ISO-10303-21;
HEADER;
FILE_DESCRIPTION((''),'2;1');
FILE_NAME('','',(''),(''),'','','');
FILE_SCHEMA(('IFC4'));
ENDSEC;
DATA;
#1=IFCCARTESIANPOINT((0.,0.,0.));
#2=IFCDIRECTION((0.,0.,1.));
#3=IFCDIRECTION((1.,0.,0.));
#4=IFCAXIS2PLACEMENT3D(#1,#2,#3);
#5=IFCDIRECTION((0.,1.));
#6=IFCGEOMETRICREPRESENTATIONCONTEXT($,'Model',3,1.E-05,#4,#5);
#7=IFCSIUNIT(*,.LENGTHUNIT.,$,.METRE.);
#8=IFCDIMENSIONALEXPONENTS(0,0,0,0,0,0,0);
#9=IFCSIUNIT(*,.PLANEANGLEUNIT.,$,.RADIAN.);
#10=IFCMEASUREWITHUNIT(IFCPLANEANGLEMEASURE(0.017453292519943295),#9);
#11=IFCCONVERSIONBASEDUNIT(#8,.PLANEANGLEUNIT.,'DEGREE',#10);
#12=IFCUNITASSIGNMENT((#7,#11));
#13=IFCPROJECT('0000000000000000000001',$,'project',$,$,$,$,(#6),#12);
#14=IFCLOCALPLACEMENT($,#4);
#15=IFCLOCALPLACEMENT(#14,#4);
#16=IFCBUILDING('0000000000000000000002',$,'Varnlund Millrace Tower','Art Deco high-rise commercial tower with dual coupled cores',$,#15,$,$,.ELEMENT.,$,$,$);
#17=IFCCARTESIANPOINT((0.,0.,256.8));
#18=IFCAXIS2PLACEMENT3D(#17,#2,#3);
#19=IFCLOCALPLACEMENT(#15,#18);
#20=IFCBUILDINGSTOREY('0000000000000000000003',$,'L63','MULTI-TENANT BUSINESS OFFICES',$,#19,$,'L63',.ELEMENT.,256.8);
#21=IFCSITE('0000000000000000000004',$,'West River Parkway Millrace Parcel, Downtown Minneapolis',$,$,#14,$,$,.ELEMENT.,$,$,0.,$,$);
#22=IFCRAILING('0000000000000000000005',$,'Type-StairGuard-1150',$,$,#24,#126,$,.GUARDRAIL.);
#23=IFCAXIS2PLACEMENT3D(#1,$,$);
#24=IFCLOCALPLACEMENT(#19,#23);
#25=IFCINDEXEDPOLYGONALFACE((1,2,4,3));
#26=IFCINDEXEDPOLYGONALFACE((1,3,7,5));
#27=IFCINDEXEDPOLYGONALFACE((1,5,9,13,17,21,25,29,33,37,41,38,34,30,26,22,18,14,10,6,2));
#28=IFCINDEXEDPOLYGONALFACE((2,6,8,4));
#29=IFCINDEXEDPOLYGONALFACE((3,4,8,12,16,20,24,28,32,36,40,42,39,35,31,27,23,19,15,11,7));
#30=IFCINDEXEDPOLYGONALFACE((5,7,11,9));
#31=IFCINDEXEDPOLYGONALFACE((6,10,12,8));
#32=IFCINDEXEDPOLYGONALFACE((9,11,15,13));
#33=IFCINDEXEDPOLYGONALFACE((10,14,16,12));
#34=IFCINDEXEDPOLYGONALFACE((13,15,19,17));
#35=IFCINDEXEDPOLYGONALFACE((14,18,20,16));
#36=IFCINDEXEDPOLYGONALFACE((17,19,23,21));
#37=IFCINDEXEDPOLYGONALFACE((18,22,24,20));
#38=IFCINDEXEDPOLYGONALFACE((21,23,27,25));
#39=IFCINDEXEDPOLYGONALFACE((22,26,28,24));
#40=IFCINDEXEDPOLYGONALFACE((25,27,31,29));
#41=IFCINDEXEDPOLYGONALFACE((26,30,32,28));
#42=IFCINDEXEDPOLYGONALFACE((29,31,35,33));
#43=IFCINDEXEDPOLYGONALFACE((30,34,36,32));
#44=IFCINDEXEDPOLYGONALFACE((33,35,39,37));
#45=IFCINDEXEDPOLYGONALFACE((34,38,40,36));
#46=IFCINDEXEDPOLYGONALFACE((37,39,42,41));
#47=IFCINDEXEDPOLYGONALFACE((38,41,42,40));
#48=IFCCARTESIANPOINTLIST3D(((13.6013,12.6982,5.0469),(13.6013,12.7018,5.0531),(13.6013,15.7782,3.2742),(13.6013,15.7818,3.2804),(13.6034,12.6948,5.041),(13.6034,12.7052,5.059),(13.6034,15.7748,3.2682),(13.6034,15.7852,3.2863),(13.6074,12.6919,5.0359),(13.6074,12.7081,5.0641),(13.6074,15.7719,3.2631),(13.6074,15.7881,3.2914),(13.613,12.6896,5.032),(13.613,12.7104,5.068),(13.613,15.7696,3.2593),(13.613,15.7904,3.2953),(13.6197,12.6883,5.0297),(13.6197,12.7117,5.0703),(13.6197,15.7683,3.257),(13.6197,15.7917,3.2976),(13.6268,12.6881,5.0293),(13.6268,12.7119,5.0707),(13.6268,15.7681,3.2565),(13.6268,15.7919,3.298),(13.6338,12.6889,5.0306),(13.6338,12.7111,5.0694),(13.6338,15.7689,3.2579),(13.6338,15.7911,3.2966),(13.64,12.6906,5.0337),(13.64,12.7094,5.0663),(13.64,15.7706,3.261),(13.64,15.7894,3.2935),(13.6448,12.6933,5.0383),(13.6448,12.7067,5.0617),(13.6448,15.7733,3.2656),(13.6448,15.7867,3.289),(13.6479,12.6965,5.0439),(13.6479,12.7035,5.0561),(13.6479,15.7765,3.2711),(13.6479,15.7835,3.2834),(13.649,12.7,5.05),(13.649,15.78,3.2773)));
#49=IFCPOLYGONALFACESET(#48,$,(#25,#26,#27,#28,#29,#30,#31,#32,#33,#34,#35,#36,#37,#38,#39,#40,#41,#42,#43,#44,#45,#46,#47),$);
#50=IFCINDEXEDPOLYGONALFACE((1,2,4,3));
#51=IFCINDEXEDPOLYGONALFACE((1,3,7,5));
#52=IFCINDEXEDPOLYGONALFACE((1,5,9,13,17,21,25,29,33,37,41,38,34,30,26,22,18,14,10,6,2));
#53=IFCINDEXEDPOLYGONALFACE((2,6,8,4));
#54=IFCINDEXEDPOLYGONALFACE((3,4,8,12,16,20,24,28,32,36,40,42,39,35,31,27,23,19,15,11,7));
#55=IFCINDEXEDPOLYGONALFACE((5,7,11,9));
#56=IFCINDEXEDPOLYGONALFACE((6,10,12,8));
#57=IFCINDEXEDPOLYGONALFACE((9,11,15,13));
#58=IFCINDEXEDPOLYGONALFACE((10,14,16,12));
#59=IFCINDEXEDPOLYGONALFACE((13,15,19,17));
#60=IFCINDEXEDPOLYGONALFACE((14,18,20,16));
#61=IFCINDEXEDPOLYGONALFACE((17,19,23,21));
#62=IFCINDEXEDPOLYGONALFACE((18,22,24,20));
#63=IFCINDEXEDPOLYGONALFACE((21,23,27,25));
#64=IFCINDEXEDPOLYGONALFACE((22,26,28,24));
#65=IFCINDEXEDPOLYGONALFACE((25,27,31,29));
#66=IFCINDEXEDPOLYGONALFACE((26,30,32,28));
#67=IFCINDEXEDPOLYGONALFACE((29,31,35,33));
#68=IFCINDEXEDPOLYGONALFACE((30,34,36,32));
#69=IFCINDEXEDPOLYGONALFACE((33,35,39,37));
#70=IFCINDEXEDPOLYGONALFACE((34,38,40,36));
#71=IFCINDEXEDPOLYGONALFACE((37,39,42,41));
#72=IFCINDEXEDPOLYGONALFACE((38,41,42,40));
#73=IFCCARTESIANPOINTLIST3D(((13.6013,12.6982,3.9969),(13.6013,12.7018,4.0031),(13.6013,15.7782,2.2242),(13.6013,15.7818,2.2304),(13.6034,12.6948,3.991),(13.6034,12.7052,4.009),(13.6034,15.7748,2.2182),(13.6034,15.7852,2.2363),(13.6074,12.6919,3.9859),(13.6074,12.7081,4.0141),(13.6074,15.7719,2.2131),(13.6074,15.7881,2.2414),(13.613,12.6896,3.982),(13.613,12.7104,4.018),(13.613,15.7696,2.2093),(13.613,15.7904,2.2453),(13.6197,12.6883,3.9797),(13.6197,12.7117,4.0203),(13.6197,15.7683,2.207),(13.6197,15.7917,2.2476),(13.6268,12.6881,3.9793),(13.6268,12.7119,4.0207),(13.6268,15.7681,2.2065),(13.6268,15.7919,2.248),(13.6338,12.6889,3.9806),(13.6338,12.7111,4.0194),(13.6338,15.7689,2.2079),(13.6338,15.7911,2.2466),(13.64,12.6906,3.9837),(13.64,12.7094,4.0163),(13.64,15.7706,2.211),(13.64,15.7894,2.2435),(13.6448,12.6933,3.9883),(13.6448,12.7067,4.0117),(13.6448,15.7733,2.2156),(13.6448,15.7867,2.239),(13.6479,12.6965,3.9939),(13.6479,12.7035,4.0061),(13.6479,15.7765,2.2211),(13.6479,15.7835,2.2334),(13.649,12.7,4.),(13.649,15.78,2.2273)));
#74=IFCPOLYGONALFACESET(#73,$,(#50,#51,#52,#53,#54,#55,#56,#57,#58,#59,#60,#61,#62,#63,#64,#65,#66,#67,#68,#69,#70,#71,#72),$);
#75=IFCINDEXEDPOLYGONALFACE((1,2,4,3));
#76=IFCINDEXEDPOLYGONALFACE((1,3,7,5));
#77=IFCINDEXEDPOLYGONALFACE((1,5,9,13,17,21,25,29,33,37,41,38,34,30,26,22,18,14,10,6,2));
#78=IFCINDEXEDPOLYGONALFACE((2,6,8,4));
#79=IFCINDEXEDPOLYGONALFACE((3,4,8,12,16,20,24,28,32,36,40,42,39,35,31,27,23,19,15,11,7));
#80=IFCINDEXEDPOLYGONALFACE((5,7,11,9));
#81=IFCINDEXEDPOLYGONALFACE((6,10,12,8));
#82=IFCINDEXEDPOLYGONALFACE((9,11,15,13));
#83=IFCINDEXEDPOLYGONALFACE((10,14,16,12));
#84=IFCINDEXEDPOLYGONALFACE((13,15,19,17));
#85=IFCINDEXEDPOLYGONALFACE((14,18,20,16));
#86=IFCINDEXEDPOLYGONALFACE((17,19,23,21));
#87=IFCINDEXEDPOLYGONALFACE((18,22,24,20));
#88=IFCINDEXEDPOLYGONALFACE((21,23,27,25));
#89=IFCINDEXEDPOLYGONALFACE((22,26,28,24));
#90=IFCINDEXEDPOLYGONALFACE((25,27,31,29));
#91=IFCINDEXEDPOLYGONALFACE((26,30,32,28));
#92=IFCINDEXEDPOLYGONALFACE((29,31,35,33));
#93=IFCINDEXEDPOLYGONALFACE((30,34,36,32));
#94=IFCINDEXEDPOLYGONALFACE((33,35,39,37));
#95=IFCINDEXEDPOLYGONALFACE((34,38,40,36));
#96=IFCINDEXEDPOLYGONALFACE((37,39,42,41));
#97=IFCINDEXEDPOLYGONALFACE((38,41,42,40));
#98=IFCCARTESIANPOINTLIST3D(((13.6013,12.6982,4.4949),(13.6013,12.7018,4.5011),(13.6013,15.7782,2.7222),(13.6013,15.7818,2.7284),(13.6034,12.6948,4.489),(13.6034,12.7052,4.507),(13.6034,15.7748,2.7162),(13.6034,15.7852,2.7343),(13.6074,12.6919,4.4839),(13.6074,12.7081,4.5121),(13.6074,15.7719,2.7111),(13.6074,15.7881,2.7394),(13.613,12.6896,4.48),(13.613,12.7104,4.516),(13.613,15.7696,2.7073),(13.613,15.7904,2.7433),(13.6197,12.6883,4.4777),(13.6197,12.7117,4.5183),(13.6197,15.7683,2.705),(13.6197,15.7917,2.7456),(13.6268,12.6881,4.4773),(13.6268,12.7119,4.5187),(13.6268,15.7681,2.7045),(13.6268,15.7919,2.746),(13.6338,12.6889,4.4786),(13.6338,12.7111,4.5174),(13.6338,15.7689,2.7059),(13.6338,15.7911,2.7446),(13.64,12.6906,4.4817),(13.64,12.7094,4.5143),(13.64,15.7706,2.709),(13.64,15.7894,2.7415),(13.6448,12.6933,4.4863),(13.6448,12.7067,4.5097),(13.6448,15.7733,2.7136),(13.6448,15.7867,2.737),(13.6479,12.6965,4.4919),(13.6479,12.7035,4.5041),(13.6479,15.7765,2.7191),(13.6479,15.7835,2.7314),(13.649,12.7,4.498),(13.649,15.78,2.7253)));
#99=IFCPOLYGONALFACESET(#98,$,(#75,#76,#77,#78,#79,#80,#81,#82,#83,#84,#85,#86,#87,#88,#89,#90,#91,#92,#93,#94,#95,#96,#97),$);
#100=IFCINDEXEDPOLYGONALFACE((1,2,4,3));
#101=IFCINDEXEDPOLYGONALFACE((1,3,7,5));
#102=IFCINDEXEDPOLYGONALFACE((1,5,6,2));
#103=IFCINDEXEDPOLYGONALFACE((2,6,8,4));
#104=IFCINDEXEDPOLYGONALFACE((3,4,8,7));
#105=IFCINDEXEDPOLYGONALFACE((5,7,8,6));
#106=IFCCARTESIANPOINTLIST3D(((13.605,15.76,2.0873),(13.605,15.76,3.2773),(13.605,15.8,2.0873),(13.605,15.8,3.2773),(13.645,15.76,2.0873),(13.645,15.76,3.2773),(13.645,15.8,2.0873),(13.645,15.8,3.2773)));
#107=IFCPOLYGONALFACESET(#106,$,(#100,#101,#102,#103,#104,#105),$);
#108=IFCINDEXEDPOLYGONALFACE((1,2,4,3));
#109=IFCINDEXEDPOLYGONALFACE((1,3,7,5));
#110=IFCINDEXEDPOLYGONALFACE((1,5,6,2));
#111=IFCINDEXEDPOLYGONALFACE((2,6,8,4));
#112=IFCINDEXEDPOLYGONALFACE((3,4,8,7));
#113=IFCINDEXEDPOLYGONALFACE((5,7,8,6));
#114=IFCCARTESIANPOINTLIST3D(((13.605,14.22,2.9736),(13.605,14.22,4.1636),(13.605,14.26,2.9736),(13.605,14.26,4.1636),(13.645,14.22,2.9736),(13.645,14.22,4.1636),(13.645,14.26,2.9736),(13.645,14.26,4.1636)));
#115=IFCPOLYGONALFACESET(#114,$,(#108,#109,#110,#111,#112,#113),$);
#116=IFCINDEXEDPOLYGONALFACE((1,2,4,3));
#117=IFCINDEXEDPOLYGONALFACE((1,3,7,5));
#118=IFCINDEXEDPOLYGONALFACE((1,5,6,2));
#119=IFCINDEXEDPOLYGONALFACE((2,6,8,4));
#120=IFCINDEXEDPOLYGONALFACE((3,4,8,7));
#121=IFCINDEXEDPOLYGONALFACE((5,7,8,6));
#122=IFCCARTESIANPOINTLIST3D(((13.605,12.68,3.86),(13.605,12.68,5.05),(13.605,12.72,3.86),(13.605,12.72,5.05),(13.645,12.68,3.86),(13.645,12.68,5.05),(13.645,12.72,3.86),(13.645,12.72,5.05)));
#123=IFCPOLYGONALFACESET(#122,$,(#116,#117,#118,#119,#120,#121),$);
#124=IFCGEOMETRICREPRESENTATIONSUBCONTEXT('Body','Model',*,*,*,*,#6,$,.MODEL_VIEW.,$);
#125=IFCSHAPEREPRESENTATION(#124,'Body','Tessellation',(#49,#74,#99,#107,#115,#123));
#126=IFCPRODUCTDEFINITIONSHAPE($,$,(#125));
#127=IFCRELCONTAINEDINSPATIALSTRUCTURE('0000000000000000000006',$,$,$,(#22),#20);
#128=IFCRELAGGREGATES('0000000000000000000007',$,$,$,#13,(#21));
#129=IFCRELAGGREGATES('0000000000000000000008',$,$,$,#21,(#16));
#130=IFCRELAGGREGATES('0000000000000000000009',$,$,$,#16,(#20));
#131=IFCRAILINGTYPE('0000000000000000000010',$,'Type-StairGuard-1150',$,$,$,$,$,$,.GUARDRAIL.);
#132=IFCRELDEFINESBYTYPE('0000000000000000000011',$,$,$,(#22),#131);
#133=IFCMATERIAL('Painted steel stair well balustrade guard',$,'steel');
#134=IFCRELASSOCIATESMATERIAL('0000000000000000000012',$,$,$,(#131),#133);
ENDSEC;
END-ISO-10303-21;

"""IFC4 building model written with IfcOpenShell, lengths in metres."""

from ifc_helpers import new_model, entity, si_unit, converted_unit, direction, frame, origin_with_axes, origin_2d_with_axis, place, context, subcontext, project, spatial, rectangle, circle, extrude, material, type_object, element, save


model = new_model("IFC4")

# Units and contexts
model_context = context("Model", 3, precision=1e-05, world=origin_with_axes(), true_north=direction((0.0, 1.0)))
body_context = subcontext(model_context, "Body", "Model", "MODEL_VIEW")
ifc_project = project(units=[si_unit("LENGTHUNIT", "METRE"), converted_unit("PLANEANGLEUNIT", "DEGREE", entity("IfcPlaneAngleMeasure", 0.017453292519943295), si_unit("PLANEANGLEUNIT", "RADIAN"), dimensions=[0, 0, 0, 0, 0, 0, 0])], contexts=[model_context])

# Site, building, storey
site_placement = place(None, origin_with_axes())
site = spatial("IfcSite", under=ifc_project, at=site_placement, Name="West River Parkway Millrace Parcel, Downtown Minneapolis", CompositionType="ELEMENT", RefElevation=0.0)
building_placement = place(site_placement, origin_with_axes())
building = spatial("IfcBuilding", under=site, at=building_placement, Name="Varnlund Millrace Tower", Description="Art Deco high-rise commercial tower with dual coupled cores", CompositionType="ELEMENT")
storey_placement = place(building_placement, frame((0.0, 0.0, 256.8), z_axis=(0.0, 0.0, 1.0), x_axis=(1.0, 0.0, 0.0)))
storey = spatial("IfcBuildingStorey", under=building, at=storey_placement, Name="L63", Description="MULTI-TENANT BUSINESS OFFICES", LongName="L63", CompositionType="ELEMENT", Elevation=256.8)

# Railing
ifc_material_1 = material(Name="Painted steel stair well balustrade guard", Category="steel")
railing_type_1 = type_object("IfcRailingType", Name="Type-StairGuard-1150", PredefinedType="GUARDRAIL", material=ifc_material_1)
railing_1_placement = place(storey_placement, frame((0.0, 0.0, -256.8), z_axis=(0.0, 0.0, 1.0), x_axis=(1.0, 0.0, 0.0)))
element("IfcRailing", 1, at=railing_1_placement, inside=storey, type_object=railing_type_1, Name="Type-StairGuard-1150", PredefinedType="GUARDRAIL", context=body_context, shape_type="SweptSolid", body=[
    extrude(circle(Radius=0.024, at=origin_2d_with_axis()), frame((13.625, 15.78, 260.0773), z_axis=(0.0, -0.866696, 0.498836), x_axis=(1.0, 0.0, 0.0)), (0.0, 0.0, 1.0), 3.5537),
    extrude(circle(Radius=0.024, at=origin_2d_with_axis()), frame((13.625, 15.78, 259.0273), z_axis=(0.0, -0.866696, 0.498836), x_axis=(1.0, 0.0, 0.0)), (0.0, 0.0, 1.0), 3.5537),
    extrude(circle(Radius=0.024, at=origin_2d_with_axis()), frame((13.625, 15.78, 259.5253), z_axis=(0.0, -0.866696, 0.498836), x_axis=(1.0, 0.0, 0.0)), (0.0, 0.0, 1.0), 3.5537),
    extrude(rectangle(XDim=0.04, YDim=0.04, at=origin_2d_with_axis()), frame((13.625, 15.78, 258.8873), z_axis=(0.0, 0.0, 1.0), x_axis=(1.0, 0.0, 0.0)), (0.0, 0.0, 1.0), 1.19),
    extrude(rectangle(XDim=0.04, YDim=0.04, at=origin_2d_with_axis()), frame((13.625, 14.24, 259.7736), z_axis=(0.0, 0.0, 1.0), x_axis=(1.0, 0.0, 0.0)), (0.0, 0.0, 1.0), 1.19),
    extrude(rectangle(XDim=0.04, YDim=0.04, at=origin_2d_with_axis()), frame((13.625, 12.7, 260.66), z_axis=(0.0, 0.0, 1.0), x_axis=(1.0, 0.0, 0.0)), (0.0, 0.0, 1.0), 1.19),
])

save(model, "model.ifc")
